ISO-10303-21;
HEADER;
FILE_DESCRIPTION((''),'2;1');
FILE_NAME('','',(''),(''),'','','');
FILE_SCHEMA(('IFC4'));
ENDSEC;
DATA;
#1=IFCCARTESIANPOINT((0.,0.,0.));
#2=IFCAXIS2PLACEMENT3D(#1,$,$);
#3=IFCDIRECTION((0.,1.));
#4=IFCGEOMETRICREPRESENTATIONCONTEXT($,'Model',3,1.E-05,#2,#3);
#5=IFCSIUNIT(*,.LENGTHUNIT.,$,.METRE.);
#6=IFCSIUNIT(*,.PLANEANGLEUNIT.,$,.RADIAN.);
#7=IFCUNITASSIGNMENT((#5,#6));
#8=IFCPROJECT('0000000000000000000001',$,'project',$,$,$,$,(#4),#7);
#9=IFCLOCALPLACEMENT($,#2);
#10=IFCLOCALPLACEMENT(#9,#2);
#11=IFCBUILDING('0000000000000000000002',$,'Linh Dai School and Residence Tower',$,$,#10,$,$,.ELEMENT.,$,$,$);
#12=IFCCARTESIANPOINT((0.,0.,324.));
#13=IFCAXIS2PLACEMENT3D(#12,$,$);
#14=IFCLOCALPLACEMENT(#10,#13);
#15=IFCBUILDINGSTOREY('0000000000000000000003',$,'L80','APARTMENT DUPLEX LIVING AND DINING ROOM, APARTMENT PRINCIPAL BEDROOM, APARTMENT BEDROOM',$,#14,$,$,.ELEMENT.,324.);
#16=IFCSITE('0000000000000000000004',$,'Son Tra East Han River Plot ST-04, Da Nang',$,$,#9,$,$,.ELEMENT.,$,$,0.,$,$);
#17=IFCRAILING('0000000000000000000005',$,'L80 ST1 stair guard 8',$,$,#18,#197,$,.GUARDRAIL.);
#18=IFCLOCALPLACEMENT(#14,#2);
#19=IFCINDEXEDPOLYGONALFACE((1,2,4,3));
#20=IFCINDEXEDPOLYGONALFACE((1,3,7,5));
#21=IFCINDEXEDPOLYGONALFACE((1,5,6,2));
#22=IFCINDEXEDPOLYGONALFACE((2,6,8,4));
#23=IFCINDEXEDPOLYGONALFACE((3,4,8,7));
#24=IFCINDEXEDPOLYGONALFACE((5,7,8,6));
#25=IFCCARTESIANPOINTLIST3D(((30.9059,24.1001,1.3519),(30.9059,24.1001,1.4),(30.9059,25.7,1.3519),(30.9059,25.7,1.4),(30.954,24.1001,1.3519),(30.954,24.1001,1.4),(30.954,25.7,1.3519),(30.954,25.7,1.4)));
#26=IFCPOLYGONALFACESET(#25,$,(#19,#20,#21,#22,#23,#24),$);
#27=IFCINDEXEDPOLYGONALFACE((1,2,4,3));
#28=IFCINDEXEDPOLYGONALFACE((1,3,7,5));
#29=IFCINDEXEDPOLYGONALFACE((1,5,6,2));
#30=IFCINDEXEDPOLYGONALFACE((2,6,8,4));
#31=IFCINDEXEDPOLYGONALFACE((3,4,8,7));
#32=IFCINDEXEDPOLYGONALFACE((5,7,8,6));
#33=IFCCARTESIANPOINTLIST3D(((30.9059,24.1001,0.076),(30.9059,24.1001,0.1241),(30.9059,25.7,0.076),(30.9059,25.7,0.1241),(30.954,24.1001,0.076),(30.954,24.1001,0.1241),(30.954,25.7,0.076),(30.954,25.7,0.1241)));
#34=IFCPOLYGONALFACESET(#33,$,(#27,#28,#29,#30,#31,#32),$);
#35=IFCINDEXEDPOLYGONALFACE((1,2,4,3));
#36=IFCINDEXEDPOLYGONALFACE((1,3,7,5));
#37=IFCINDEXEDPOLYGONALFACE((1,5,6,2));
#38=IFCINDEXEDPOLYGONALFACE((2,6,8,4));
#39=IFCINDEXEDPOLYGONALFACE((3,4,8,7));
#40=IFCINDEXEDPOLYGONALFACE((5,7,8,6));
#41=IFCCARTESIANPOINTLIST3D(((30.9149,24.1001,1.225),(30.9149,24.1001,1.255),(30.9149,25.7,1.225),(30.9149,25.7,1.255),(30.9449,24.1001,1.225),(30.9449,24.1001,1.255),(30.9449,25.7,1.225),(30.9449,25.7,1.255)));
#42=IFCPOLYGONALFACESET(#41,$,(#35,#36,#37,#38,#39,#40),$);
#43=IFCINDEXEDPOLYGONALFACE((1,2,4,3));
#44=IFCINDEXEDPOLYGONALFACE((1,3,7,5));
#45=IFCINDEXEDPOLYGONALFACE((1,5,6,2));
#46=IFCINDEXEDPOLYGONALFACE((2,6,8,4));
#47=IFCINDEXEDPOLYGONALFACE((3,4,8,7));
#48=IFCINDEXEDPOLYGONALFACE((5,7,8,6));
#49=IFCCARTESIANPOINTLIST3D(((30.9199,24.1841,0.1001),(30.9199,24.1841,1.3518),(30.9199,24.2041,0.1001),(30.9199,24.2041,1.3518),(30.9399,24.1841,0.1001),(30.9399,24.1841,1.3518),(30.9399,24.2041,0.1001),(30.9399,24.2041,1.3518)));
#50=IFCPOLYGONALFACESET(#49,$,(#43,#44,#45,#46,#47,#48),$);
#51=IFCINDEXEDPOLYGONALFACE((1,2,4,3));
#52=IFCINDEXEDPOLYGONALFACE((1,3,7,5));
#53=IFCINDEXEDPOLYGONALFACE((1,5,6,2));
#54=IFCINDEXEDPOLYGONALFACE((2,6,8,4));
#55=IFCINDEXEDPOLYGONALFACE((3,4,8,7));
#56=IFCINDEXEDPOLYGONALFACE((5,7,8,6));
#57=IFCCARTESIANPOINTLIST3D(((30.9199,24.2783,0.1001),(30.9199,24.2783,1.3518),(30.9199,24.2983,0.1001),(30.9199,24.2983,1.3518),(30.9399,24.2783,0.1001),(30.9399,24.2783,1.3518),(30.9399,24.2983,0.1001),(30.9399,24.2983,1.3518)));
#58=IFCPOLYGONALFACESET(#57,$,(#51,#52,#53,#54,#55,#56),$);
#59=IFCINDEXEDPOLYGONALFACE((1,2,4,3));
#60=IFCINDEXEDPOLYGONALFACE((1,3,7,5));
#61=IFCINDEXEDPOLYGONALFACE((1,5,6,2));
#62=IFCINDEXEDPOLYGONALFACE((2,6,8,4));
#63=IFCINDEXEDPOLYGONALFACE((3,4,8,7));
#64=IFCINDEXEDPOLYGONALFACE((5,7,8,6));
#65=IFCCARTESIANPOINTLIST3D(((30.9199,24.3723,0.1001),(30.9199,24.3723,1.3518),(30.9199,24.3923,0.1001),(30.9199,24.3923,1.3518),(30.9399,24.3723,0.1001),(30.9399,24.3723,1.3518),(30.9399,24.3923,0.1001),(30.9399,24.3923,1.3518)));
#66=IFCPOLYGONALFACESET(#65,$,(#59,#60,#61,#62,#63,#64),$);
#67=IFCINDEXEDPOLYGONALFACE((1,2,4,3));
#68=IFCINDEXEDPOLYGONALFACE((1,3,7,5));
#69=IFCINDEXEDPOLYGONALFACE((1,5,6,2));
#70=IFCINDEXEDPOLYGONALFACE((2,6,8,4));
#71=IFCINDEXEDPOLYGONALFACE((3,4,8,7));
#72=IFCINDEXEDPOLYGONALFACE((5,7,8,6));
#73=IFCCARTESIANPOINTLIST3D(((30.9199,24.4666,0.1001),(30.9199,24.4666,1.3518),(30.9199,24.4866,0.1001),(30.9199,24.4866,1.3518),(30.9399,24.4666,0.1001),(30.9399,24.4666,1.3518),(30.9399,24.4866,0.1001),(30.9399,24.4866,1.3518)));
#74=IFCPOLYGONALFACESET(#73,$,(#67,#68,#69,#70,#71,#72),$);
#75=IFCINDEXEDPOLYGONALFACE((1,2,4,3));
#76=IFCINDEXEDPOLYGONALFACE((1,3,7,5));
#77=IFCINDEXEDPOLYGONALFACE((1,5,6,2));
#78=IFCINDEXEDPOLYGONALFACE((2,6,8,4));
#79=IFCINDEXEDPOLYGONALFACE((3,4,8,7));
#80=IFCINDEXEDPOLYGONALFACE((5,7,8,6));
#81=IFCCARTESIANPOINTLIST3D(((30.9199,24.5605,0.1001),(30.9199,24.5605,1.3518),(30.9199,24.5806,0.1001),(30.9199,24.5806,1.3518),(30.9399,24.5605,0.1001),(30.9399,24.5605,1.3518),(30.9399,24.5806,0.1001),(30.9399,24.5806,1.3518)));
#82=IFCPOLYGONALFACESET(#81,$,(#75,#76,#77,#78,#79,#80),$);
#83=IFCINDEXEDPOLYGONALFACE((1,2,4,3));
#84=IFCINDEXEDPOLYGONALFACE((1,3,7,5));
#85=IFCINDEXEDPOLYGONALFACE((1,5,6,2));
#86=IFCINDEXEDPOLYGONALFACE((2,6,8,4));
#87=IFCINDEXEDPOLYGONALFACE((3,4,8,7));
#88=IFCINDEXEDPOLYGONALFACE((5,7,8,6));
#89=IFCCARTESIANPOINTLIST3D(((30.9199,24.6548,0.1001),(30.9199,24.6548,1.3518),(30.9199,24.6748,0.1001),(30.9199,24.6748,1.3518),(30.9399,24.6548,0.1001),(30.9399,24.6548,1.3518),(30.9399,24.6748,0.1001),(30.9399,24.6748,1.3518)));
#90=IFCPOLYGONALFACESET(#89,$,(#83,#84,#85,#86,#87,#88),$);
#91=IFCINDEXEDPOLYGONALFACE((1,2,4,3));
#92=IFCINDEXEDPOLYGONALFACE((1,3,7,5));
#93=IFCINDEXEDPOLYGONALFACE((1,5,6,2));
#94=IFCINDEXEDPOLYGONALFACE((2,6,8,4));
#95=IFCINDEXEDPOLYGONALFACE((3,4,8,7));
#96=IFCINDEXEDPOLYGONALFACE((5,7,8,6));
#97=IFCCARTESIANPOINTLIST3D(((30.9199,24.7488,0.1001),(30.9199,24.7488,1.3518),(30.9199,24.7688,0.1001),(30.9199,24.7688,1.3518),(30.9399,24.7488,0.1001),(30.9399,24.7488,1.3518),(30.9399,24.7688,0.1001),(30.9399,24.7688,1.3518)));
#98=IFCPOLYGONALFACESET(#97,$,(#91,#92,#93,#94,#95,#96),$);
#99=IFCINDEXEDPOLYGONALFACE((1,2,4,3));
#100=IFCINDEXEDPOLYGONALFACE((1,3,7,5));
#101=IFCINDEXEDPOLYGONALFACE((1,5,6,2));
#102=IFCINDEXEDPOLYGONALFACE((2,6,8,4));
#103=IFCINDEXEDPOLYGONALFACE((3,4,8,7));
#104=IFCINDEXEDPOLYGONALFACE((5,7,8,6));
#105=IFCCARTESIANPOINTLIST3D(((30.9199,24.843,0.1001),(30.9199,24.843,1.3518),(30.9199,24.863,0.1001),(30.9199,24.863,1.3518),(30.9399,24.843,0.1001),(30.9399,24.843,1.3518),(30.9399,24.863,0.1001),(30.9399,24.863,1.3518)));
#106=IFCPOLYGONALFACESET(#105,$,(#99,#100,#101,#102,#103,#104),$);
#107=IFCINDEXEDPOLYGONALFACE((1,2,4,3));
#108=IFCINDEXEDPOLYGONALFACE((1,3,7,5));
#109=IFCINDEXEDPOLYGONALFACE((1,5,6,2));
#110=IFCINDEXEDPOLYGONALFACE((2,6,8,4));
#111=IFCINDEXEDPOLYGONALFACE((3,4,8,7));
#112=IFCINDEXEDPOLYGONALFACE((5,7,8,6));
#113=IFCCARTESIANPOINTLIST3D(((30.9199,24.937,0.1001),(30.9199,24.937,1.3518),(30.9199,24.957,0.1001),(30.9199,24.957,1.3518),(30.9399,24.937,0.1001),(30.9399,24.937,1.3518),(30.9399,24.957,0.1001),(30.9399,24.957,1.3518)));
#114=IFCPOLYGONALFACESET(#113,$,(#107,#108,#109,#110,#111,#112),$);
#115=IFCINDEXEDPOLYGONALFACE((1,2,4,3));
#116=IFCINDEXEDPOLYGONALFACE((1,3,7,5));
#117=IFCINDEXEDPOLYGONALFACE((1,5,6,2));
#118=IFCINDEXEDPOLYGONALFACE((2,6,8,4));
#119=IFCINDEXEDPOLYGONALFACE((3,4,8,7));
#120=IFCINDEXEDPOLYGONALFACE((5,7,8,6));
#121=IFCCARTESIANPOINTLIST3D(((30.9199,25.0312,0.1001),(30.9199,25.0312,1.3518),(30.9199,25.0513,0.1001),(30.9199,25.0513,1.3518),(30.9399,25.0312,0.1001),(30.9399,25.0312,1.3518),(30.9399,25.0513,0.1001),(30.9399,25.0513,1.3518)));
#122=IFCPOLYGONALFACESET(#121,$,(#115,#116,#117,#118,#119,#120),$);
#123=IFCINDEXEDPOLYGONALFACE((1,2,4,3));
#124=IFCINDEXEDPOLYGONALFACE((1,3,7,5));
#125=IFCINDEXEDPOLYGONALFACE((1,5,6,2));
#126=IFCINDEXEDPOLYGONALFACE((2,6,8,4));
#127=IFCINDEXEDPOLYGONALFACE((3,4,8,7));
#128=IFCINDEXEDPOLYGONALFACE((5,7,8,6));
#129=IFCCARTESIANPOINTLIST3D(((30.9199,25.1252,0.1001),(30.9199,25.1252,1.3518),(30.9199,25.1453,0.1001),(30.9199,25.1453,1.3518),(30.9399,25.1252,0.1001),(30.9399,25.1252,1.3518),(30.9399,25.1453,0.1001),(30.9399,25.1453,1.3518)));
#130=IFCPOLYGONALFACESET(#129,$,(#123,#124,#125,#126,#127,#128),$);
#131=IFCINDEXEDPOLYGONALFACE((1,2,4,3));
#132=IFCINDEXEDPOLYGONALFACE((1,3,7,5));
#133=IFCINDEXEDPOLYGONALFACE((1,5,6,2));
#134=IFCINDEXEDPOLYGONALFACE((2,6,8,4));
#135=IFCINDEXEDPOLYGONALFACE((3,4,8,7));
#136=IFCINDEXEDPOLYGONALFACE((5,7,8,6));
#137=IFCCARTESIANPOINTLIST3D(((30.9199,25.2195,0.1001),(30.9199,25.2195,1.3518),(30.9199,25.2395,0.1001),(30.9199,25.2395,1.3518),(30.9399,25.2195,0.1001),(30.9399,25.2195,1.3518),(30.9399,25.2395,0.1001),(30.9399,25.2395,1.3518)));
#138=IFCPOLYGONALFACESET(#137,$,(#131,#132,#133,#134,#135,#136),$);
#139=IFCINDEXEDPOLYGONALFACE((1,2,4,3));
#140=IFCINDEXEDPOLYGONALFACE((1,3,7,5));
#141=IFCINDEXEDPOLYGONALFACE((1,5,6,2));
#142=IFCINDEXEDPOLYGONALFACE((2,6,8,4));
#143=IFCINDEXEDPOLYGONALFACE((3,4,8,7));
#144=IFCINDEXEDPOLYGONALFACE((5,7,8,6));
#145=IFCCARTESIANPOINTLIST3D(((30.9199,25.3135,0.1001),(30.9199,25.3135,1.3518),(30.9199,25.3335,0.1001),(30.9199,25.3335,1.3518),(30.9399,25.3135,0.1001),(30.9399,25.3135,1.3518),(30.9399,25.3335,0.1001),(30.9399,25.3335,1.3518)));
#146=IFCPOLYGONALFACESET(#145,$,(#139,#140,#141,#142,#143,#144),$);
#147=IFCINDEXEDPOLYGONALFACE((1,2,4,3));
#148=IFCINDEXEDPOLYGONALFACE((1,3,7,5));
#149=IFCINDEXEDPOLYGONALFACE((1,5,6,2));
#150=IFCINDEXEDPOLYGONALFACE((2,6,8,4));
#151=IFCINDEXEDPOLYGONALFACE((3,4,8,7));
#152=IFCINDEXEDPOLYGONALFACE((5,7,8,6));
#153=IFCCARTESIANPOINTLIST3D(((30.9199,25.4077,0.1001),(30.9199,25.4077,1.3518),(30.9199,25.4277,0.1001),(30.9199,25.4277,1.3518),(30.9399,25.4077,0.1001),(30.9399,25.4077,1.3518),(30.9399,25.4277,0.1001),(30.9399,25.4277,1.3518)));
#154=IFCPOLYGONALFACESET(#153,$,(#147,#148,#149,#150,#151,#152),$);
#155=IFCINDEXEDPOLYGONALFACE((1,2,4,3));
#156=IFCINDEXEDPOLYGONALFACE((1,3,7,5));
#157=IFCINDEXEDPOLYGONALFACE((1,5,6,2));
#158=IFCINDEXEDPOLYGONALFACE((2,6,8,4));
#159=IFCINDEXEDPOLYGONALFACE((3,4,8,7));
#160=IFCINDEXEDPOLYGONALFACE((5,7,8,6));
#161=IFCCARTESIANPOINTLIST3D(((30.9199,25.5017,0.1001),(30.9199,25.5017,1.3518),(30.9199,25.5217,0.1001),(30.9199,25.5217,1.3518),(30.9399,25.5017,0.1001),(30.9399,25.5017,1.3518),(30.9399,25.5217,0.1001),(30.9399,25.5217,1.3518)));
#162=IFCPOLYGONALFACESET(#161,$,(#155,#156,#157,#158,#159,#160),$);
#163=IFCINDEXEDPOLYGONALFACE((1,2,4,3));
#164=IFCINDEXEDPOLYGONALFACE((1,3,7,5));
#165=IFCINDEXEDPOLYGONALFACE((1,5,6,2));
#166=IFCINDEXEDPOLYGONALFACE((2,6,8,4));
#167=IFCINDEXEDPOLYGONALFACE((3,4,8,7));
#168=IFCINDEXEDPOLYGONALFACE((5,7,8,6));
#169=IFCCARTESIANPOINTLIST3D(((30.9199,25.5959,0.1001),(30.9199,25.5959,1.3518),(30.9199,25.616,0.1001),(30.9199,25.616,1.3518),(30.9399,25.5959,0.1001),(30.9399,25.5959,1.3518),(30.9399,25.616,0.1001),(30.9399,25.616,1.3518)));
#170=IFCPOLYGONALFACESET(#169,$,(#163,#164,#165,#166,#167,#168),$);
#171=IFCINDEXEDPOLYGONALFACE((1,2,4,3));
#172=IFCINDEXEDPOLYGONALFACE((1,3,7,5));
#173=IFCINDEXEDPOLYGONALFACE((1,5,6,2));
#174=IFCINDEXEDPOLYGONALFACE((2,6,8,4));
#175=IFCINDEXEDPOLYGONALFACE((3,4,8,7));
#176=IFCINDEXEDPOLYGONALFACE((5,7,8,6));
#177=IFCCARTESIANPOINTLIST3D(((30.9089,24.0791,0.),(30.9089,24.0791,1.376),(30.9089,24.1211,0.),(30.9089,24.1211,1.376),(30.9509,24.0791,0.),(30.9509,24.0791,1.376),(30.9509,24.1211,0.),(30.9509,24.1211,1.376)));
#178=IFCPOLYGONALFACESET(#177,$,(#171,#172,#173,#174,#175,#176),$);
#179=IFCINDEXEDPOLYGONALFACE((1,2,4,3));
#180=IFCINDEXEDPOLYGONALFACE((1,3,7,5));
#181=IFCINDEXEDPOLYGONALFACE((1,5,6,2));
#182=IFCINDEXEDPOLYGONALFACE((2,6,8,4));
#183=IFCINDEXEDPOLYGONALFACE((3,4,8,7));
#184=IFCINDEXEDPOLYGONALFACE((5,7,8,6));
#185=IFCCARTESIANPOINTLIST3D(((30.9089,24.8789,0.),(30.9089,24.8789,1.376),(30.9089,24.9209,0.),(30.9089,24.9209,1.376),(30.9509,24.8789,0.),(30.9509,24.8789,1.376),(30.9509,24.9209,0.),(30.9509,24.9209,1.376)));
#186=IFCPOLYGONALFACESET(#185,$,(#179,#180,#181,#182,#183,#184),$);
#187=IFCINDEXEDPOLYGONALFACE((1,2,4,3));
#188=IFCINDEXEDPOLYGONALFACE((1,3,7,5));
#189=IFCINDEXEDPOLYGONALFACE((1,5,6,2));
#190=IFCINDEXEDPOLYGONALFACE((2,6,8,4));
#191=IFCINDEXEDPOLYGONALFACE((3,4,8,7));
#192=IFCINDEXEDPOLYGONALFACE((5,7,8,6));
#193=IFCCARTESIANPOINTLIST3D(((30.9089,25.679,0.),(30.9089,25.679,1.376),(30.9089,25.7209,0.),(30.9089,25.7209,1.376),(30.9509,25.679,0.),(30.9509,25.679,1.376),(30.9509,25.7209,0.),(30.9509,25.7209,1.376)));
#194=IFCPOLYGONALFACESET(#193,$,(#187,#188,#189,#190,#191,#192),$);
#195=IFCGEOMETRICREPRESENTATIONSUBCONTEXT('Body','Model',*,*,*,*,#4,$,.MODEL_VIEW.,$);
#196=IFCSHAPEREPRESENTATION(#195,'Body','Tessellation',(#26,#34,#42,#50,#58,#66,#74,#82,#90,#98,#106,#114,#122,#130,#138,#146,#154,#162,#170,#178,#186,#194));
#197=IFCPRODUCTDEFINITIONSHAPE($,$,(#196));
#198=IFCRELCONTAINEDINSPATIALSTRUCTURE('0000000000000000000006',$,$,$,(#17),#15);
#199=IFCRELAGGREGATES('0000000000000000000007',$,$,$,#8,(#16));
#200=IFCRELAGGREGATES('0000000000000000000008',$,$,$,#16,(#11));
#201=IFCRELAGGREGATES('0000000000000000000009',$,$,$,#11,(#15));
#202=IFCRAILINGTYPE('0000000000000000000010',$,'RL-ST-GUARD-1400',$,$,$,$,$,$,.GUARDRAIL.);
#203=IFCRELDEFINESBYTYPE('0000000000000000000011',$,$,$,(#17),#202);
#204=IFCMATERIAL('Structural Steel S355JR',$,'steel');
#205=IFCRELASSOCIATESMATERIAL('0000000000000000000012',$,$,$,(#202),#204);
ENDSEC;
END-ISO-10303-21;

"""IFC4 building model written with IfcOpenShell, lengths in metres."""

from ifc_helpers import new_model, si_unit, direction, frame, origin, origin_2d, place, context, subcontext, project, spatial, rectangle, extrude, source, transform, mapped, material, type_object, element, save


model = new_model("IFC4")

# Units and contexts
model_context = context("Model", 3, precision=1e-05, world=origin(), true_north=direction((0.0, 1.0)))
body_context = subcontext(model_context, "Body", "Model", "MODEL_VIEW")
ifc_project = project(units=[si_unit("LENGTHUNIT", "METRE"), si_unit("PLANEANGLEUNIT", "RADIAN")], contexts=[model_context])

# Site, building, storey
site_placement = place(None, origin())
site = spatial("IfcSite", under=ifc_project, at=site_placement, Name="Son Tra East Han River Plot ST-04, Da Nang", CompositionType="ELEMENT", RefElevation=0.0)
building_placement = place(site_placement, origin())
building = spatial("IfcBuilding", under=site, at=building_placement, Name="Linh Dai School and Residence Tower", CompositionType="ELEMENT")
storey_placement = place(building_placement, frame((0.0, 0.0, 324.0)))
storey = spatial("IfcBuildingStorey", under=building, at=storey_placement, Name="L80", Description="APARTMENT DUPLEX LIVING AND DINING ROOM, APARTMENT PRINCIPAL BEDROOM, APARTMENT BEDROOM", CompositionType="ELEMENT", Elevation=324.0)

# Shared definitions
ifc_material_1 = material(Name="Structural Steel S355JR", Category="steel")

# Railing
railing_type_1 = type_object("IfcRailingType", Name="RL-ST-GUARD-1400", PredefinedType="GUARDRAIL", material=ifc_material_1)
shared_shape_1 = source(origin(), body_context, "Body", "SweptSolid", [
    extrude(rectangle(XDim=0.0481, YDim=0.0481, at=origin_2d()), frame((0.0, 0.0, 1.376), z_axis=(0.0, 1.0, 0.0), x_axis=(-1.0, 0.0, 0.0)), (0.0, 0.0, 1.0), 1.5999),
    extrude(rectangle(XDim=0.0481, YDim=0.0481, at=origin_2d()), frame((0.0, 0.0, 0.1001), z_axis=(0.0, 1.0, 0.0), x_axis=(-1.0, 0.0, 0.0)), (0.0, 0.0, 1.0), 1.5999),
    extrude(rectangle(XDim=0.03, YDim=0.03, at=origin_2d()), frame((0.0, 0.0, 1.24), z_axis=(0.0, 1.0, 0.0), x_axis=(-1.0, 0.0, 0.0)), (0.0, 0.0, 1.0), 1.5999),
    extrude(rectangle(XDim=0.02, YDim=0.02, at=origin_2d()), frame((0.0, 0.094, 0.1001)), (0.0, 0.0, 1.0), 1.2517),
    extrude(rectangle(XDim=0.02, YDim=0.02, at=origin_2d()), frame((0.0, 0.1882, 0.1001)), (0.0, 0.0, 1.0), 1.2517),
    extrude(rectangle(XDim=0.02, YDim=0.02, at=origin_2d()), frame((0.0, 0.2822, 0.1001)), (0.0, 0.0, 1.0), 1.2517),
    extrude(rectangle(XDim=0.02, YDim=0.02, at=origin_2d()), frame((0.0, 0.3765, 0.1001)), (0.0, 0.0, 1.0), 1.2517),
    extrude(rectangle(XDim=0.02, YDim=0.02, at=origin_2d()), frame((0.0, 0.4705, 0.1001)), (0.0, 0.0, 1.0), 1.2517),
    extrude(rectangle(XDim=0.02, YDim=0.02, at=origin_2d()), frame((0.0, 0.5647, 0.1001)), (0.0, 0.0, 1.0), 1.2517),
    extrude(rectangle(XDim=0.02, YDim=0.02, at=origin_2d()), frame((0.0, 0.6587, 0.1001)), (0.0, 0.0, 1.0), 1.2517),
    extrude(rectangle(XDim=0.02, YDim=0.02, at=origin_2d()), frame((0.0, 0.7529, 0.1001)), (0.0, 0.0, 1.0), 1.2517),
    extrude(rectangle(XDim=0.02, YDim=0.02, at=origin_2d()), frame((0.0, 0.8469, 0.1001)), (0.0, 0.0, 1.0), 1.2517),
    extrude(rectangle(XDim=0.02, YDim=0.02, at=origin_2d()), frame((0.0, 0.9412, 0.1001)), (0.0, 0.0, 1.0), 1.2517),
    extrude(rectangle(XDim=0.02, YDim=0.02, at=origin_2d()), frame((0.0, 1.0352, 0.1001)), (0.0, 0.0, 1.0), 1.2517),
    extrude(rectangle(XDim=0.02, YDim=0.02, at=origin_2d()), frame((0.0, 1.1294, 0.1001)), (0.0, 0.0, 1.0), 1.2517),
    extrude(rectangle(XDim=0.02, YDim=0.02, at=origin_2d()), frame((0.0, 1.2234, 0.1001)), (0.0, 0.0, 1.0), 1.2517),
    extrude(rectangle(XDim=0.02, YDim=0.02, at=origin_2d()), frame((0.0, 1.3176, 0.1001)), (0.0, 0.0, 1.0), 1.2517),
    extrude(rectangle(XDim=0.02, YDim=0.02, at=origin_2d()), frame((0.0, 1.4116, 0.1001)), (0.0, 0.0, 1.0), 1.2517),
    extrude(rectangle(XDim=0.02, YDim=0.02, at=origin_2d()), frame((0.0, 1.5059, 0.1001)), (0.0, 0.0, 1.0), 1.2517),
    extrude(rectangle(XDim=0.042, YDim=0.042, at=origin_2d()), origin(), (0.0, 0.0, 1.0), 1.376),
    extrude(rectangle(XDim=0.042, YDim=0.042, at=origin_2d()), frame((0.0, 0.7998, 0.0)), (0.0, 0.0, 1.0), 1.376),
    extrude(rectangle(XDim=0.042, YDim=0.042, at=origin_2d()), frame((0.0, 1.5999, 0.0)), (0.0, 0.0, 1.0), 1.376),
])
for number, where, name in (
    (1, (30.9299, 24.1001, 0.0), "L80 ST1 stair guard 8"),
):
    element("IfcRailing", number, at=place(storey_placement, frame(where)), inside=storey, type_object=railing_type_1, Name=name, PredefinedType="GUARDRAIL", context=body_context, shape_type="MappedRepresentation", body=[
        mapped(shared_shape_1, transform((0.0, 0.0, 0.0), x_axis=(1.0, 0.0, 0.0), y_axis=(0.0, 1.0, 0.0), z_axis=(0.0, 0.0, 1.0), scale=1.0)),
    ])

save(model, "model.ifc")
